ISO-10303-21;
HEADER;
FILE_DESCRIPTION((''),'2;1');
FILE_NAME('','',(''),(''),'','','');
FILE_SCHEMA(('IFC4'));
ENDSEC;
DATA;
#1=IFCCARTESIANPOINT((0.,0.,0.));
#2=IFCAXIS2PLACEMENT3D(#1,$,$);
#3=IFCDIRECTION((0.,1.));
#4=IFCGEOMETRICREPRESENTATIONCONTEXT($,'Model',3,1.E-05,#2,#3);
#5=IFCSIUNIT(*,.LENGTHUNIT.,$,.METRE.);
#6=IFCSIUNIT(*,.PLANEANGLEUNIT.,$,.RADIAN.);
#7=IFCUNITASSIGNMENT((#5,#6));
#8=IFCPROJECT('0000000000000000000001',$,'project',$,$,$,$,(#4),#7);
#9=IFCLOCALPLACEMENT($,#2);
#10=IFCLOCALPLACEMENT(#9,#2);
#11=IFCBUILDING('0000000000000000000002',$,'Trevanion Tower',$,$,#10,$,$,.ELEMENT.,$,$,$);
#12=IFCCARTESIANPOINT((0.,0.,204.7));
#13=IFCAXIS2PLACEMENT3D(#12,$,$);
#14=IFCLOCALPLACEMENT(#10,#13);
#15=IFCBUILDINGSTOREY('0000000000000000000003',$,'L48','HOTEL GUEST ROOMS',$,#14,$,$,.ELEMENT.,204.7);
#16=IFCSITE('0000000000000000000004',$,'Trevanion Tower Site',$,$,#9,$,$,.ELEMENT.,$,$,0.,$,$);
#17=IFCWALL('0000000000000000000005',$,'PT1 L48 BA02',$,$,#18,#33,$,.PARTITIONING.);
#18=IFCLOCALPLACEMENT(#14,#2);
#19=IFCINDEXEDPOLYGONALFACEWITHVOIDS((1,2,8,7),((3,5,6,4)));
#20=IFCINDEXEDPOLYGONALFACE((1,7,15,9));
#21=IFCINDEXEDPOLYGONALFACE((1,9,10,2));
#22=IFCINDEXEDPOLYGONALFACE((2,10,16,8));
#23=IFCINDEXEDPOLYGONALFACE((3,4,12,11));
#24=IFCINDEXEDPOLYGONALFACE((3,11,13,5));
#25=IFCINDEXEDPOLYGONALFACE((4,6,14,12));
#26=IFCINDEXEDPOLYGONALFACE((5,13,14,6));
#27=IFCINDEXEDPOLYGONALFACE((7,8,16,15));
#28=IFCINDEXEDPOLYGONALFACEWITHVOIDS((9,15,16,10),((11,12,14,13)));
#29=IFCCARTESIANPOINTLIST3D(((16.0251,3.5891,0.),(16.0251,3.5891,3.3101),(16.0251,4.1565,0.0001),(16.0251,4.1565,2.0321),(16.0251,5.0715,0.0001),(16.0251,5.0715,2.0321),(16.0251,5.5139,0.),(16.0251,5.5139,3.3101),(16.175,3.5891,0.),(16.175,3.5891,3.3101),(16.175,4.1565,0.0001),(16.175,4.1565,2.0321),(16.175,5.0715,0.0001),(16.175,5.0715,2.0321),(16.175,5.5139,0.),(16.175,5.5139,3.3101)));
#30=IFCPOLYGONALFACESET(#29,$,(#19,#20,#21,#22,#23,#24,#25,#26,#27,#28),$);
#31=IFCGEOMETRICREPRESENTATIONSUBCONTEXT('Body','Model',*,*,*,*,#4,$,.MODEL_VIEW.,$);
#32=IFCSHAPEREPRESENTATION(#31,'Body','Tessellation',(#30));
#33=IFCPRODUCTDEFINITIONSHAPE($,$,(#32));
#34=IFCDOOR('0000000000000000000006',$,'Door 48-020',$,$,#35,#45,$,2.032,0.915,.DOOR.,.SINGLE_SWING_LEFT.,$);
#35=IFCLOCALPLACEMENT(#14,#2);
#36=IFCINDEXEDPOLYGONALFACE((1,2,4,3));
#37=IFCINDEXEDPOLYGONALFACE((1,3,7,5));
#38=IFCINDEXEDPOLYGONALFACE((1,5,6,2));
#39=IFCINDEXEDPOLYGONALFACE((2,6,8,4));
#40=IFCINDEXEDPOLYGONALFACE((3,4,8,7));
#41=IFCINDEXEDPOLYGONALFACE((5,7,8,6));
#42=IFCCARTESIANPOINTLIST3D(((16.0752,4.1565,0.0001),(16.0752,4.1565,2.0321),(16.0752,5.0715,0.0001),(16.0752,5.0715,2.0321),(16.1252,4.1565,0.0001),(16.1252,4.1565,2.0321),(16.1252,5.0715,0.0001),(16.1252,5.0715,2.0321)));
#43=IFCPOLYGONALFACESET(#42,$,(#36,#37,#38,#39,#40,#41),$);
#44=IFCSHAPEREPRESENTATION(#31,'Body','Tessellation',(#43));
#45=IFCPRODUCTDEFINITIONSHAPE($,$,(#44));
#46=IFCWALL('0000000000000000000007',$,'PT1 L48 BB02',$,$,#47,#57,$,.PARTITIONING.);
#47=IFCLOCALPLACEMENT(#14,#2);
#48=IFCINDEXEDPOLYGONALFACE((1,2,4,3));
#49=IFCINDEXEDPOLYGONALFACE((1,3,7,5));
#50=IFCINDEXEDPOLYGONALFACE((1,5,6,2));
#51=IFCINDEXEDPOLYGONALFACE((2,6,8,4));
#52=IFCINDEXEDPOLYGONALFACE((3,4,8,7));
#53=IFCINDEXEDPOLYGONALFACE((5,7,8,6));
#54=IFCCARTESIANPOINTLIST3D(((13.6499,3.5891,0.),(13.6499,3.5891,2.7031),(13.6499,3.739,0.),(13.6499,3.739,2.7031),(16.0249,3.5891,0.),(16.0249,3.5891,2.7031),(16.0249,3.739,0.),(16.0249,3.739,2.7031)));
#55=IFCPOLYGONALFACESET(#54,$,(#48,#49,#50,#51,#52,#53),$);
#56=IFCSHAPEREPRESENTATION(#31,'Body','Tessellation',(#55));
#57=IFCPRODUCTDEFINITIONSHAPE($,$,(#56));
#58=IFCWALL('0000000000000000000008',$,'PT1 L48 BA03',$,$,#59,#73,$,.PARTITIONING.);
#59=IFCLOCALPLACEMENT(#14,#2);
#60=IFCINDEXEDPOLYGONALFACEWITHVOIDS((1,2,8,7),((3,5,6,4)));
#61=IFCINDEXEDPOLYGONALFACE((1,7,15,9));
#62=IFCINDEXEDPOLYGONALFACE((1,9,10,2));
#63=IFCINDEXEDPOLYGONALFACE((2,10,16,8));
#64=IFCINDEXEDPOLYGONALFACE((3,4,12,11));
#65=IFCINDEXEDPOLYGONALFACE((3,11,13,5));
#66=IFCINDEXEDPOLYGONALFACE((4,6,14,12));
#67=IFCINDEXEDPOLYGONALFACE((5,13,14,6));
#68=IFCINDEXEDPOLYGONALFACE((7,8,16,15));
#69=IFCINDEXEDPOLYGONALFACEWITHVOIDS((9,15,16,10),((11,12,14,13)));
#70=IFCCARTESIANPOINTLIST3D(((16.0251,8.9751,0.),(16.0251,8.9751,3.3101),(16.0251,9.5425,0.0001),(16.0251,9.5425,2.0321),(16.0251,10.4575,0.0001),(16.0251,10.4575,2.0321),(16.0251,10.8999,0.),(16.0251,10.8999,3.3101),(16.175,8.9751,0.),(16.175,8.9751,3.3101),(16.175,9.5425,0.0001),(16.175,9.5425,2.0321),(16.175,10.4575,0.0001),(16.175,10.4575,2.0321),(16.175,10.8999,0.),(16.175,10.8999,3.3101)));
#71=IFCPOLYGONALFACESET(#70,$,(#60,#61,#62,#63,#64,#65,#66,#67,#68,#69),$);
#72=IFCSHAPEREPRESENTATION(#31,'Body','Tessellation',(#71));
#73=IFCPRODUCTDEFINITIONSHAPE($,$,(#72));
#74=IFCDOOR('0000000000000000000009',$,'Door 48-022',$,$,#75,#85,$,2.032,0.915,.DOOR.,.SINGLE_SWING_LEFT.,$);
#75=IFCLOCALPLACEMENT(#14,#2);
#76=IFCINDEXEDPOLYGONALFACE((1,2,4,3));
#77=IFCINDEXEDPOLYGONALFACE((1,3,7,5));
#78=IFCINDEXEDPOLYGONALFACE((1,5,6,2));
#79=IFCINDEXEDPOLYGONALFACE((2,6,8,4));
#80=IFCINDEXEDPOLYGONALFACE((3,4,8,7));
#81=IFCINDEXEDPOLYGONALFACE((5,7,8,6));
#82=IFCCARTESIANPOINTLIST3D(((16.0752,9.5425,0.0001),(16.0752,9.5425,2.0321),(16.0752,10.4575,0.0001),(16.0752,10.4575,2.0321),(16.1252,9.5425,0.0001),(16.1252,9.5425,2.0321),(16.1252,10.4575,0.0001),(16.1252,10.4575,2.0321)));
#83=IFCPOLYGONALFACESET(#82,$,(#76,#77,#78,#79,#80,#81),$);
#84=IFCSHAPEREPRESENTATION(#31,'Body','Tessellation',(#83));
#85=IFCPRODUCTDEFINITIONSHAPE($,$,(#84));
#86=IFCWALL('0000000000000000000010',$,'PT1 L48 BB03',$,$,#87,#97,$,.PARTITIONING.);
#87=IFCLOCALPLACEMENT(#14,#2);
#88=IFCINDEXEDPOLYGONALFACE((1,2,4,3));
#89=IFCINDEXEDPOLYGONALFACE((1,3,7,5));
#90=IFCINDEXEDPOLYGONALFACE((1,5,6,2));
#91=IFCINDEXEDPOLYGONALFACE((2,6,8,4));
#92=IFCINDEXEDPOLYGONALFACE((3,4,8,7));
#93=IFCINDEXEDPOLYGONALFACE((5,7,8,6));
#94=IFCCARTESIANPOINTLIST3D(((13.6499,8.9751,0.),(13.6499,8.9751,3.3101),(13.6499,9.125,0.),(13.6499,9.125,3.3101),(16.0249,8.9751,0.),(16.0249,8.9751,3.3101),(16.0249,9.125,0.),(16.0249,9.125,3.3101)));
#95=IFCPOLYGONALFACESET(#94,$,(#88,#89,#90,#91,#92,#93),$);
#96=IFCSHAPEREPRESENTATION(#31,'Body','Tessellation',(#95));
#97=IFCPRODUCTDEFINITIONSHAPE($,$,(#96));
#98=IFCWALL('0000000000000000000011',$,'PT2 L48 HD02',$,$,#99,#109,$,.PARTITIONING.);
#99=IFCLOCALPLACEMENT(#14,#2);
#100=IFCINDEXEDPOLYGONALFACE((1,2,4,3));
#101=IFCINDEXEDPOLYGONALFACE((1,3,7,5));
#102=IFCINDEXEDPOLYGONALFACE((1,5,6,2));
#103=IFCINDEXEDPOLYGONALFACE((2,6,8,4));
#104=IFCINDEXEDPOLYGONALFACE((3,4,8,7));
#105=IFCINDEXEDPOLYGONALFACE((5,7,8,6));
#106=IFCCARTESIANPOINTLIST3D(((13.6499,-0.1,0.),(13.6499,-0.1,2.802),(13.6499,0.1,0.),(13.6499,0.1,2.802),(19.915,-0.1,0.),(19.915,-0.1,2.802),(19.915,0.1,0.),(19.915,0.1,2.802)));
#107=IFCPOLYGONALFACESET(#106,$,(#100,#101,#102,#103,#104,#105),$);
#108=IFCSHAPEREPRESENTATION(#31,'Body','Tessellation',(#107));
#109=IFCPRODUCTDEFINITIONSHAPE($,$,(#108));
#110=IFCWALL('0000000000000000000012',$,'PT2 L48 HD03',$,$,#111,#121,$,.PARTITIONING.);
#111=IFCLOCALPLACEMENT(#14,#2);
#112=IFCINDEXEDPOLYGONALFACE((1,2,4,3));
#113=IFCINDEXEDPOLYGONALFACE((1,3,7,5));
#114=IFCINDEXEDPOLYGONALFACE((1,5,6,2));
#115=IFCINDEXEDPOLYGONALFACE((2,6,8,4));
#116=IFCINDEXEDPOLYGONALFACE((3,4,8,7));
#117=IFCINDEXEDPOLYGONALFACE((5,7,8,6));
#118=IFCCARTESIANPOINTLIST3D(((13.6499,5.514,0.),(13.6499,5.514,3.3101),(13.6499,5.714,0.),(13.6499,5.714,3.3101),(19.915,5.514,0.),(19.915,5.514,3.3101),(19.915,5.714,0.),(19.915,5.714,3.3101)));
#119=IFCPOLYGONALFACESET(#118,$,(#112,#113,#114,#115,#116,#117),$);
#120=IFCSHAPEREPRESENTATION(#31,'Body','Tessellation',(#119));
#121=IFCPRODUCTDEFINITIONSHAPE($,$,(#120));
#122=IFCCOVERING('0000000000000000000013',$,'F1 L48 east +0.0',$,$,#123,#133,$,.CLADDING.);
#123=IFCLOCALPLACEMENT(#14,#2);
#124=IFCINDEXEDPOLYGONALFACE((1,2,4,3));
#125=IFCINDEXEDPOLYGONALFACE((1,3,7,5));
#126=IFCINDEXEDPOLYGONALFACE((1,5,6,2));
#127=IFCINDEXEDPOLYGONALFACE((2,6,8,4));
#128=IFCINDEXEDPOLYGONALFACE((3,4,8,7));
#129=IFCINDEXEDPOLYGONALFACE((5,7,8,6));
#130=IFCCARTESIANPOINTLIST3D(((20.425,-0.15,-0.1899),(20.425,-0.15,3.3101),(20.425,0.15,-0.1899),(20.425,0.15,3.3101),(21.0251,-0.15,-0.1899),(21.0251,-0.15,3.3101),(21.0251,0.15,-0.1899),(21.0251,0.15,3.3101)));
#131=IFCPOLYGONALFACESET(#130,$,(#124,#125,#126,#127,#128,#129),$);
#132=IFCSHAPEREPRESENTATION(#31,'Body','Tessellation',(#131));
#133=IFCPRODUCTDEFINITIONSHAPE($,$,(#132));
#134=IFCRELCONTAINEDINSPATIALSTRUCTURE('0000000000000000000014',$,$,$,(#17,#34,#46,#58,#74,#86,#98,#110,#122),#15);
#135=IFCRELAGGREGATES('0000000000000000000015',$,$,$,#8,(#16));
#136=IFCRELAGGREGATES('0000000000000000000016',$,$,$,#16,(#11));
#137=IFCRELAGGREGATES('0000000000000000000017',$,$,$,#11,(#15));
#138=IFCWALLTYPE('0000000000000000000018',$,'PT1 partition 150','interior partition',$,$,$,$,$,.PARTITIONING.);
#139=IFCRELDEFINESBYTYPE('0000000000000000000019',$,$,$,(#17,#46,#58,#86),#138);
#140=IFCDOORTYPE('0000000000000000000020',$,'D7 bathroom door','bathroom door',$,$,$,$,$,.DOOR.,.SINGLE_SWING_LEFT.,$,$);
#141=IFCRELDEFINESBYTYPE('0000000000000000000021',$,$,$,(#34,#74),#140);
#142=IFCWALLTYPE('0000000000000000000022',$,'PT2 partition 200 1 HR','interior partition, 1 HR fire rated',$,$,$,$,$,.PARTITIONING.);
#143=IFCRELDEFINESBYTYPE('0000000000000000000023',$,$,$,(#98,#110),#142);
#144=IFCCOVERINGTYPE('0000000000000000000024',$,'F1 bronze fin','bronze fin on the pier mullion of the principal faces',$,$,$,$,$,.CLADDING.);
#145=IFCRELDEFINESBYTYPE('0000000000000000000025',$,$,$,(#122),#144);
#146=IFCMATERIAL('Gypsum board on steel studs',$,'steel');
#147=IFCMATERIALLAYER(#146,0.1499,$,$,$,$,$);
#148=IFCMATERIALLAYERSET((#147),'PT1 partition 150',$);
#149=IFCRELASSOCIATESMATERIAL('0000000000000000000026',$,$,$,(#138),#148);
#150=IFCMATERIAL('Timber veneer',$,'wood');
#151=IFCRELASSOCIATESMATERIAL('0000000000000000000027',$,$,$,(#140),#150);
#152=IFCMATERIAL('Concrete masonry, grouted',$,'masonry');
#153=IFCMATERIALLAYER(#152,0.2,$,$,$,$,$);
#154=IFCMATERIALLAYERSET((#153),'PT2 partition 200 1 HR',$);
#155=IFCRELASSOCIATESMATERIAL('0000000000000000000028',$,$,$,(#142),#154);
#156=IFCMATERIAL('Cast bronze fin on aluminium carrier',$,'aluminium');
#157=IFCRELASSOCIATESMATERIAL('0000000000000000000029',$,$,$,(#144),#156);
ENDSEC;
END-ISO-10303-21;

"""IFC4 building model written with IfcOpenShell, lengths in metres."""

from ifc_helpers import new_model, si_unit, direction, frame, frame_2d, origin, origin_2d, place, context, subcontext, project, spatial, rectangle, extrude, material, layer, layer_set, type_object, element, fill, save


model = new_model("IFC4")

# Units and contexts
model_context = context("Model", 3, precision=1e-05, world=origin(), true_north=direction((0.0, 1.0)))
body_context = subcontext(model_context, "Body", "Model", "MODEL_VIEW")
ifc_project = project(units=[si_unit("LENGTHUNIT", "METRE"), si_unit("PLANEANGLEUNIT", "RADIAN")], contexts=[model_context])

# Site, building, storey
site_placement = place(None, origin())
site = spatial("IfcSite", under=ifc_project, at=site_placement, Name="Trevanion Tower Site", CompositionType="ELEMENT", RefElevation=0.0)
building_placement = place(site_placement, origin())
building = spatial("IfcBuilding", under=site, at=building_placement, Name="Trevanion Tower", CompositionType="ELEMENT")
storey_placement = place(building_placement, frame((0.0, 0.0, 204.7)))
storey = spatial("IfcBuildingStorey", under=building, at=storey_placement, Name="L48", Description="HOTEL GUEST ROOMS", CompositionType="ELEMENT", Elevation=204.7)

# Wall, opening, door
ifc_material_1 = material(Name="Gypsum board on steel studs", Category="steel")
ifc_layer_1 = layer(ifc_material_1, 0.1499)
ifc_layer_set_1 = layer_set([ifc_layer_1], Name="PT1 partition 150")
wall_type_1 = type_object("IfcWallType", Name="PT1 partition 150", Description="interior partition", PredefinedType="PARTITIONING", material=ifc_layer_set_1)
wall_1_placement = place(storey_placement, frame((16.1001, 3.5891, 0.0), z_axis=(0.0, 0.0, 1.0), x_axis=(0.0, 1.0, 0.0)))
wall_1 = element("IfcWall", 1, at=wall_1_placement, inside=storey, type_object=wall_type_1, Name="PT1 L48 BA02", PredefinedType="PARTITIONING", context=body_context, shape_type="SweptSolid", body=[
    extrude(rectangle(XDim=1.9248, YDim=0.1499, at=frame_2d((0.9624, 0.0))), origin(), (0.0, 0.0, 1.0), 3.3101),
])
opening_1_placement = place(wall_1_placement, frame((0.5674, 0.0, 0.0)))
opening_1 = element("IfcOpeningElement", 2, at=opening_1_placement, cuts=wall_1, PredefinedType="OPENING", context=body_context, shape_type="SweptSolid", body=[
    extrude(rectangle(XDim=0.915, YDim=2.032, at=frame_2d((0.4575, 1.0161))), frame((0.0, 0.085, 0.0), z_axis=(0.0, -1.0, 0.0), x_axis=(1.0, 0.0, 0.0)), (0.0, 0.0, 1.0), 0.1699),
])
ifc_material_2 = material(Name="Timber veneer", Category="wood")
door_type = type_object("IfcDoorType", Name="D7 bathroom door", Description="bathroom door", OperationType="SINGLE_SWING_LEFT", PredefinedType="DOOR", material=ifc_material_2)
door_1_placement = place(opening_1_placement, origin())
door_1 = element("IfcDoor", 3, at=door_1_placement, inside=storey, type_object=door_type, Name="Door 48-020", OperationType="SINGLE_SWING_LEFT", OverallHeight=2.032, OverallWidth=0.915, PredefinedType="DOOR", context=body_context, shape_type="SweptSolid", body=[
    extrude(rectangle(XDim=0.915, YDim=2.032, at=frame_2d((0.4575, 1.0161))), frame((0.0, 0.0249, 0.0), z_axis=(0.0, -1.0, 0.0), x_axis=(1.0, 0.0, 0.0)), (0.0, 0.0, 1.0), 0.05),
])
fill(opening_1, door_1)

# Wall
wall_2_placement = place(storey_placement, frame((13.6499, 3.6641, 0.0), z_axis=(0.0, 0.0, 1.0), x_axis=(1.0, 0.0, 0.0)))
element("IfcWall", 4, at=wall_2_placement, inside=storey, type_object=wall_type_1, Name="PT1 L48 BB02", PredefinedType="PARTITIONING", context=body_context, shape_type="SweptSolid", body=[
    extrude(rectangle(XDim=2.375, YDim=0.1499, at=frame_2d((1.1875, 0.0))), origin(), (0.0, 0.0, 1.0), 2.7031),
])

# Wall, opening, door
wall_3_placement = place(storey_placement, frame((16.1001, 8.9751, 0.0), z_axis=(0.0, 0.0, 1.0), x_axis=(0.0, 1.0, 0.0)))
wall_3 = element("IfcWall", 5, at=wall_3_placement, inside=storey, type_object=wall_type_1, Name="PT1 L48 BA03", PredefinedType="PARTITIONING", context=body_context, shape_type="SweptSolid", body=[
    extrude(rectangle(XDim=1.9248, YDim=0.1499, at=frame_2d((0.9624, 0.0))), origin(), (0.0, 0.0, 1.0), 3.3101),
])
opening_2_placement = place(wall_3_placement, frame((0.5674, 0.0, 0.0)))
opening_2 = element("IfcOpeningElement", 6, at=opening_2_placement, cuts=wall_3, PredefinedType="OPENING", context=body_context, shape_type="SweptSolid", body=[
    extrude(rectangle(XDim=0.915, YDim=2.032, at=frame_2d((0.4575, 1.0161))), frame((0.0, 0.085, 0.0), z_axis=(0.0, -1.0, 0.0), x_axis=(1.0, 0.0, 0.0)), (0.0, 0.0, 1.0), 0.1699),
])
door_2_placement = place(opening_2_placement, origin())
door_2 = element("IfcDoor", 7, at=door_2_placement, inside=storey, type_object=door_type, Name="Door 48-022", OperationType="SINGLE_SWING_LEFT", OverallHeight=2.032, OverallWidth=0.915, PredefinedType="DOOR", context=body_context, shape_type="SweptSolid", body=[
    extrude(rectangle(XDim=0.915, YDim=2.032, at=frame_2d((0.4575, 1.0161))), frame((0.0, 0.0249, 0.0), z_axis=(0.0, -1.0, 0.0), x_axis=(1.0, 0.0, 0.0)), (0.0, 0.0, 1.0), 0.05),
])
fill(opening_2, door_2)

# Walls
wall_4_placement = place(storey_placement, frame((13.6499, 9.05, 0.0), z_axis=(0.0, 0.0, 1.0), x_axis=(1.0, 0.0, 0.0)))
element("IfcWall", 8, at=wall_4_placement, inside=storey, type_object=wall_type_1, Name="PT1 L48 BB03", PredefinedType="PARTITIONING", context=body_context, shape_type="SweptSolid", body=[
    extrude(rectangle(XDim=2.375, YDim=0.1499, at=frame_2d((1.1875, 0.0))), origin(), (0.0, 0.0, 1.0), 3.3101),
])
ifc_material_3 = material(Name="Concrete masonry, grouted", Category="masonry")
ifc_layer_2 = layer(ifc_material_3, 0.2)
ifc_layer_set_2 = layer_set([ifc_layer_2], Name="PT2 partition 200 1 HR")
wall_type_2 = type_object("IfcWallType", Name="PT2 partition 200 1 HR", Description="interior partition, 1 HR fire rated", PredefinedType="PARTITIONING", material=ifc_layer_set_2)
wall_5_placement = place(storey_placement, frame((13.6499, 0.0, 0.0), z_axis=(0.0, 0.0, 1.0), x_axis=(1.0, 0.0, 0.0)))
element("IfcWall", 9, at=wall_5_placement, inside=storey, type_object=wall_type_2, Name="PT2 L48 HD02", PredefinedType="PARTITIONING", context=body_context, shape_type="SweptSolid", body=[
    extrude(rectangle(XDim=6.2651, YDim=0.2, at=frame_2d((3.1326, 0.0))), origin(), (0.0, 0.0, 1.0), 2.802),
])
wall_6_placement = place(storey_placement, frame((13.6499, 5.614, 0.0), z_axis=(0.0, 0.0, 1.0), x_axis=(1.0, 0.0, 0.0)))
element("IfcWall", 10, at=wall_6_placement, inside=storey, type_object=wall_type_2, Name="PT2 L48 HD03", PredefinedType="PARTITIONING", context=body_context, shape_type="SweptSolid", body=[
    extrude(rectangle(XDim=6.2651, YDim=0.2, at=frame_2d((3.1326, 0.0))), origin(), (0.0, 0.0, 1.0), 3.3101),
])

# Covering
ifc_material_4 = material(Name="Cast bronze fin on aluminium carrier", Category="aluminium")
covering_type = type_object("IfcCoveringType", Name="F1 bronze fin", Description="bronze fin on the pier mullion of the principal faces", PredefinedType="CLADDING", material=ifc_material_4)
covering_placement = place(storey_placement, frame((20.7251, 0.0, -0.1899), z_axis=(0.0, 0.0, 1.0), x_axis=(0.0, 1.0, 0.0)))
element("IfcCovering", 11, at=covering_placement, inside=storey, type_object=covering_type, Name="F1 L48 east +0.0", PredefinedType="CLADDING", context=body_context, shape_type="SweptSolid", body=[
    extrude(rectangle(XDim=0.3, YDim=0.6001, at=origin_2d()), origin(), (0.0, 0.0, 1.0), 3.5),
])

save(model, "model.ifc")
